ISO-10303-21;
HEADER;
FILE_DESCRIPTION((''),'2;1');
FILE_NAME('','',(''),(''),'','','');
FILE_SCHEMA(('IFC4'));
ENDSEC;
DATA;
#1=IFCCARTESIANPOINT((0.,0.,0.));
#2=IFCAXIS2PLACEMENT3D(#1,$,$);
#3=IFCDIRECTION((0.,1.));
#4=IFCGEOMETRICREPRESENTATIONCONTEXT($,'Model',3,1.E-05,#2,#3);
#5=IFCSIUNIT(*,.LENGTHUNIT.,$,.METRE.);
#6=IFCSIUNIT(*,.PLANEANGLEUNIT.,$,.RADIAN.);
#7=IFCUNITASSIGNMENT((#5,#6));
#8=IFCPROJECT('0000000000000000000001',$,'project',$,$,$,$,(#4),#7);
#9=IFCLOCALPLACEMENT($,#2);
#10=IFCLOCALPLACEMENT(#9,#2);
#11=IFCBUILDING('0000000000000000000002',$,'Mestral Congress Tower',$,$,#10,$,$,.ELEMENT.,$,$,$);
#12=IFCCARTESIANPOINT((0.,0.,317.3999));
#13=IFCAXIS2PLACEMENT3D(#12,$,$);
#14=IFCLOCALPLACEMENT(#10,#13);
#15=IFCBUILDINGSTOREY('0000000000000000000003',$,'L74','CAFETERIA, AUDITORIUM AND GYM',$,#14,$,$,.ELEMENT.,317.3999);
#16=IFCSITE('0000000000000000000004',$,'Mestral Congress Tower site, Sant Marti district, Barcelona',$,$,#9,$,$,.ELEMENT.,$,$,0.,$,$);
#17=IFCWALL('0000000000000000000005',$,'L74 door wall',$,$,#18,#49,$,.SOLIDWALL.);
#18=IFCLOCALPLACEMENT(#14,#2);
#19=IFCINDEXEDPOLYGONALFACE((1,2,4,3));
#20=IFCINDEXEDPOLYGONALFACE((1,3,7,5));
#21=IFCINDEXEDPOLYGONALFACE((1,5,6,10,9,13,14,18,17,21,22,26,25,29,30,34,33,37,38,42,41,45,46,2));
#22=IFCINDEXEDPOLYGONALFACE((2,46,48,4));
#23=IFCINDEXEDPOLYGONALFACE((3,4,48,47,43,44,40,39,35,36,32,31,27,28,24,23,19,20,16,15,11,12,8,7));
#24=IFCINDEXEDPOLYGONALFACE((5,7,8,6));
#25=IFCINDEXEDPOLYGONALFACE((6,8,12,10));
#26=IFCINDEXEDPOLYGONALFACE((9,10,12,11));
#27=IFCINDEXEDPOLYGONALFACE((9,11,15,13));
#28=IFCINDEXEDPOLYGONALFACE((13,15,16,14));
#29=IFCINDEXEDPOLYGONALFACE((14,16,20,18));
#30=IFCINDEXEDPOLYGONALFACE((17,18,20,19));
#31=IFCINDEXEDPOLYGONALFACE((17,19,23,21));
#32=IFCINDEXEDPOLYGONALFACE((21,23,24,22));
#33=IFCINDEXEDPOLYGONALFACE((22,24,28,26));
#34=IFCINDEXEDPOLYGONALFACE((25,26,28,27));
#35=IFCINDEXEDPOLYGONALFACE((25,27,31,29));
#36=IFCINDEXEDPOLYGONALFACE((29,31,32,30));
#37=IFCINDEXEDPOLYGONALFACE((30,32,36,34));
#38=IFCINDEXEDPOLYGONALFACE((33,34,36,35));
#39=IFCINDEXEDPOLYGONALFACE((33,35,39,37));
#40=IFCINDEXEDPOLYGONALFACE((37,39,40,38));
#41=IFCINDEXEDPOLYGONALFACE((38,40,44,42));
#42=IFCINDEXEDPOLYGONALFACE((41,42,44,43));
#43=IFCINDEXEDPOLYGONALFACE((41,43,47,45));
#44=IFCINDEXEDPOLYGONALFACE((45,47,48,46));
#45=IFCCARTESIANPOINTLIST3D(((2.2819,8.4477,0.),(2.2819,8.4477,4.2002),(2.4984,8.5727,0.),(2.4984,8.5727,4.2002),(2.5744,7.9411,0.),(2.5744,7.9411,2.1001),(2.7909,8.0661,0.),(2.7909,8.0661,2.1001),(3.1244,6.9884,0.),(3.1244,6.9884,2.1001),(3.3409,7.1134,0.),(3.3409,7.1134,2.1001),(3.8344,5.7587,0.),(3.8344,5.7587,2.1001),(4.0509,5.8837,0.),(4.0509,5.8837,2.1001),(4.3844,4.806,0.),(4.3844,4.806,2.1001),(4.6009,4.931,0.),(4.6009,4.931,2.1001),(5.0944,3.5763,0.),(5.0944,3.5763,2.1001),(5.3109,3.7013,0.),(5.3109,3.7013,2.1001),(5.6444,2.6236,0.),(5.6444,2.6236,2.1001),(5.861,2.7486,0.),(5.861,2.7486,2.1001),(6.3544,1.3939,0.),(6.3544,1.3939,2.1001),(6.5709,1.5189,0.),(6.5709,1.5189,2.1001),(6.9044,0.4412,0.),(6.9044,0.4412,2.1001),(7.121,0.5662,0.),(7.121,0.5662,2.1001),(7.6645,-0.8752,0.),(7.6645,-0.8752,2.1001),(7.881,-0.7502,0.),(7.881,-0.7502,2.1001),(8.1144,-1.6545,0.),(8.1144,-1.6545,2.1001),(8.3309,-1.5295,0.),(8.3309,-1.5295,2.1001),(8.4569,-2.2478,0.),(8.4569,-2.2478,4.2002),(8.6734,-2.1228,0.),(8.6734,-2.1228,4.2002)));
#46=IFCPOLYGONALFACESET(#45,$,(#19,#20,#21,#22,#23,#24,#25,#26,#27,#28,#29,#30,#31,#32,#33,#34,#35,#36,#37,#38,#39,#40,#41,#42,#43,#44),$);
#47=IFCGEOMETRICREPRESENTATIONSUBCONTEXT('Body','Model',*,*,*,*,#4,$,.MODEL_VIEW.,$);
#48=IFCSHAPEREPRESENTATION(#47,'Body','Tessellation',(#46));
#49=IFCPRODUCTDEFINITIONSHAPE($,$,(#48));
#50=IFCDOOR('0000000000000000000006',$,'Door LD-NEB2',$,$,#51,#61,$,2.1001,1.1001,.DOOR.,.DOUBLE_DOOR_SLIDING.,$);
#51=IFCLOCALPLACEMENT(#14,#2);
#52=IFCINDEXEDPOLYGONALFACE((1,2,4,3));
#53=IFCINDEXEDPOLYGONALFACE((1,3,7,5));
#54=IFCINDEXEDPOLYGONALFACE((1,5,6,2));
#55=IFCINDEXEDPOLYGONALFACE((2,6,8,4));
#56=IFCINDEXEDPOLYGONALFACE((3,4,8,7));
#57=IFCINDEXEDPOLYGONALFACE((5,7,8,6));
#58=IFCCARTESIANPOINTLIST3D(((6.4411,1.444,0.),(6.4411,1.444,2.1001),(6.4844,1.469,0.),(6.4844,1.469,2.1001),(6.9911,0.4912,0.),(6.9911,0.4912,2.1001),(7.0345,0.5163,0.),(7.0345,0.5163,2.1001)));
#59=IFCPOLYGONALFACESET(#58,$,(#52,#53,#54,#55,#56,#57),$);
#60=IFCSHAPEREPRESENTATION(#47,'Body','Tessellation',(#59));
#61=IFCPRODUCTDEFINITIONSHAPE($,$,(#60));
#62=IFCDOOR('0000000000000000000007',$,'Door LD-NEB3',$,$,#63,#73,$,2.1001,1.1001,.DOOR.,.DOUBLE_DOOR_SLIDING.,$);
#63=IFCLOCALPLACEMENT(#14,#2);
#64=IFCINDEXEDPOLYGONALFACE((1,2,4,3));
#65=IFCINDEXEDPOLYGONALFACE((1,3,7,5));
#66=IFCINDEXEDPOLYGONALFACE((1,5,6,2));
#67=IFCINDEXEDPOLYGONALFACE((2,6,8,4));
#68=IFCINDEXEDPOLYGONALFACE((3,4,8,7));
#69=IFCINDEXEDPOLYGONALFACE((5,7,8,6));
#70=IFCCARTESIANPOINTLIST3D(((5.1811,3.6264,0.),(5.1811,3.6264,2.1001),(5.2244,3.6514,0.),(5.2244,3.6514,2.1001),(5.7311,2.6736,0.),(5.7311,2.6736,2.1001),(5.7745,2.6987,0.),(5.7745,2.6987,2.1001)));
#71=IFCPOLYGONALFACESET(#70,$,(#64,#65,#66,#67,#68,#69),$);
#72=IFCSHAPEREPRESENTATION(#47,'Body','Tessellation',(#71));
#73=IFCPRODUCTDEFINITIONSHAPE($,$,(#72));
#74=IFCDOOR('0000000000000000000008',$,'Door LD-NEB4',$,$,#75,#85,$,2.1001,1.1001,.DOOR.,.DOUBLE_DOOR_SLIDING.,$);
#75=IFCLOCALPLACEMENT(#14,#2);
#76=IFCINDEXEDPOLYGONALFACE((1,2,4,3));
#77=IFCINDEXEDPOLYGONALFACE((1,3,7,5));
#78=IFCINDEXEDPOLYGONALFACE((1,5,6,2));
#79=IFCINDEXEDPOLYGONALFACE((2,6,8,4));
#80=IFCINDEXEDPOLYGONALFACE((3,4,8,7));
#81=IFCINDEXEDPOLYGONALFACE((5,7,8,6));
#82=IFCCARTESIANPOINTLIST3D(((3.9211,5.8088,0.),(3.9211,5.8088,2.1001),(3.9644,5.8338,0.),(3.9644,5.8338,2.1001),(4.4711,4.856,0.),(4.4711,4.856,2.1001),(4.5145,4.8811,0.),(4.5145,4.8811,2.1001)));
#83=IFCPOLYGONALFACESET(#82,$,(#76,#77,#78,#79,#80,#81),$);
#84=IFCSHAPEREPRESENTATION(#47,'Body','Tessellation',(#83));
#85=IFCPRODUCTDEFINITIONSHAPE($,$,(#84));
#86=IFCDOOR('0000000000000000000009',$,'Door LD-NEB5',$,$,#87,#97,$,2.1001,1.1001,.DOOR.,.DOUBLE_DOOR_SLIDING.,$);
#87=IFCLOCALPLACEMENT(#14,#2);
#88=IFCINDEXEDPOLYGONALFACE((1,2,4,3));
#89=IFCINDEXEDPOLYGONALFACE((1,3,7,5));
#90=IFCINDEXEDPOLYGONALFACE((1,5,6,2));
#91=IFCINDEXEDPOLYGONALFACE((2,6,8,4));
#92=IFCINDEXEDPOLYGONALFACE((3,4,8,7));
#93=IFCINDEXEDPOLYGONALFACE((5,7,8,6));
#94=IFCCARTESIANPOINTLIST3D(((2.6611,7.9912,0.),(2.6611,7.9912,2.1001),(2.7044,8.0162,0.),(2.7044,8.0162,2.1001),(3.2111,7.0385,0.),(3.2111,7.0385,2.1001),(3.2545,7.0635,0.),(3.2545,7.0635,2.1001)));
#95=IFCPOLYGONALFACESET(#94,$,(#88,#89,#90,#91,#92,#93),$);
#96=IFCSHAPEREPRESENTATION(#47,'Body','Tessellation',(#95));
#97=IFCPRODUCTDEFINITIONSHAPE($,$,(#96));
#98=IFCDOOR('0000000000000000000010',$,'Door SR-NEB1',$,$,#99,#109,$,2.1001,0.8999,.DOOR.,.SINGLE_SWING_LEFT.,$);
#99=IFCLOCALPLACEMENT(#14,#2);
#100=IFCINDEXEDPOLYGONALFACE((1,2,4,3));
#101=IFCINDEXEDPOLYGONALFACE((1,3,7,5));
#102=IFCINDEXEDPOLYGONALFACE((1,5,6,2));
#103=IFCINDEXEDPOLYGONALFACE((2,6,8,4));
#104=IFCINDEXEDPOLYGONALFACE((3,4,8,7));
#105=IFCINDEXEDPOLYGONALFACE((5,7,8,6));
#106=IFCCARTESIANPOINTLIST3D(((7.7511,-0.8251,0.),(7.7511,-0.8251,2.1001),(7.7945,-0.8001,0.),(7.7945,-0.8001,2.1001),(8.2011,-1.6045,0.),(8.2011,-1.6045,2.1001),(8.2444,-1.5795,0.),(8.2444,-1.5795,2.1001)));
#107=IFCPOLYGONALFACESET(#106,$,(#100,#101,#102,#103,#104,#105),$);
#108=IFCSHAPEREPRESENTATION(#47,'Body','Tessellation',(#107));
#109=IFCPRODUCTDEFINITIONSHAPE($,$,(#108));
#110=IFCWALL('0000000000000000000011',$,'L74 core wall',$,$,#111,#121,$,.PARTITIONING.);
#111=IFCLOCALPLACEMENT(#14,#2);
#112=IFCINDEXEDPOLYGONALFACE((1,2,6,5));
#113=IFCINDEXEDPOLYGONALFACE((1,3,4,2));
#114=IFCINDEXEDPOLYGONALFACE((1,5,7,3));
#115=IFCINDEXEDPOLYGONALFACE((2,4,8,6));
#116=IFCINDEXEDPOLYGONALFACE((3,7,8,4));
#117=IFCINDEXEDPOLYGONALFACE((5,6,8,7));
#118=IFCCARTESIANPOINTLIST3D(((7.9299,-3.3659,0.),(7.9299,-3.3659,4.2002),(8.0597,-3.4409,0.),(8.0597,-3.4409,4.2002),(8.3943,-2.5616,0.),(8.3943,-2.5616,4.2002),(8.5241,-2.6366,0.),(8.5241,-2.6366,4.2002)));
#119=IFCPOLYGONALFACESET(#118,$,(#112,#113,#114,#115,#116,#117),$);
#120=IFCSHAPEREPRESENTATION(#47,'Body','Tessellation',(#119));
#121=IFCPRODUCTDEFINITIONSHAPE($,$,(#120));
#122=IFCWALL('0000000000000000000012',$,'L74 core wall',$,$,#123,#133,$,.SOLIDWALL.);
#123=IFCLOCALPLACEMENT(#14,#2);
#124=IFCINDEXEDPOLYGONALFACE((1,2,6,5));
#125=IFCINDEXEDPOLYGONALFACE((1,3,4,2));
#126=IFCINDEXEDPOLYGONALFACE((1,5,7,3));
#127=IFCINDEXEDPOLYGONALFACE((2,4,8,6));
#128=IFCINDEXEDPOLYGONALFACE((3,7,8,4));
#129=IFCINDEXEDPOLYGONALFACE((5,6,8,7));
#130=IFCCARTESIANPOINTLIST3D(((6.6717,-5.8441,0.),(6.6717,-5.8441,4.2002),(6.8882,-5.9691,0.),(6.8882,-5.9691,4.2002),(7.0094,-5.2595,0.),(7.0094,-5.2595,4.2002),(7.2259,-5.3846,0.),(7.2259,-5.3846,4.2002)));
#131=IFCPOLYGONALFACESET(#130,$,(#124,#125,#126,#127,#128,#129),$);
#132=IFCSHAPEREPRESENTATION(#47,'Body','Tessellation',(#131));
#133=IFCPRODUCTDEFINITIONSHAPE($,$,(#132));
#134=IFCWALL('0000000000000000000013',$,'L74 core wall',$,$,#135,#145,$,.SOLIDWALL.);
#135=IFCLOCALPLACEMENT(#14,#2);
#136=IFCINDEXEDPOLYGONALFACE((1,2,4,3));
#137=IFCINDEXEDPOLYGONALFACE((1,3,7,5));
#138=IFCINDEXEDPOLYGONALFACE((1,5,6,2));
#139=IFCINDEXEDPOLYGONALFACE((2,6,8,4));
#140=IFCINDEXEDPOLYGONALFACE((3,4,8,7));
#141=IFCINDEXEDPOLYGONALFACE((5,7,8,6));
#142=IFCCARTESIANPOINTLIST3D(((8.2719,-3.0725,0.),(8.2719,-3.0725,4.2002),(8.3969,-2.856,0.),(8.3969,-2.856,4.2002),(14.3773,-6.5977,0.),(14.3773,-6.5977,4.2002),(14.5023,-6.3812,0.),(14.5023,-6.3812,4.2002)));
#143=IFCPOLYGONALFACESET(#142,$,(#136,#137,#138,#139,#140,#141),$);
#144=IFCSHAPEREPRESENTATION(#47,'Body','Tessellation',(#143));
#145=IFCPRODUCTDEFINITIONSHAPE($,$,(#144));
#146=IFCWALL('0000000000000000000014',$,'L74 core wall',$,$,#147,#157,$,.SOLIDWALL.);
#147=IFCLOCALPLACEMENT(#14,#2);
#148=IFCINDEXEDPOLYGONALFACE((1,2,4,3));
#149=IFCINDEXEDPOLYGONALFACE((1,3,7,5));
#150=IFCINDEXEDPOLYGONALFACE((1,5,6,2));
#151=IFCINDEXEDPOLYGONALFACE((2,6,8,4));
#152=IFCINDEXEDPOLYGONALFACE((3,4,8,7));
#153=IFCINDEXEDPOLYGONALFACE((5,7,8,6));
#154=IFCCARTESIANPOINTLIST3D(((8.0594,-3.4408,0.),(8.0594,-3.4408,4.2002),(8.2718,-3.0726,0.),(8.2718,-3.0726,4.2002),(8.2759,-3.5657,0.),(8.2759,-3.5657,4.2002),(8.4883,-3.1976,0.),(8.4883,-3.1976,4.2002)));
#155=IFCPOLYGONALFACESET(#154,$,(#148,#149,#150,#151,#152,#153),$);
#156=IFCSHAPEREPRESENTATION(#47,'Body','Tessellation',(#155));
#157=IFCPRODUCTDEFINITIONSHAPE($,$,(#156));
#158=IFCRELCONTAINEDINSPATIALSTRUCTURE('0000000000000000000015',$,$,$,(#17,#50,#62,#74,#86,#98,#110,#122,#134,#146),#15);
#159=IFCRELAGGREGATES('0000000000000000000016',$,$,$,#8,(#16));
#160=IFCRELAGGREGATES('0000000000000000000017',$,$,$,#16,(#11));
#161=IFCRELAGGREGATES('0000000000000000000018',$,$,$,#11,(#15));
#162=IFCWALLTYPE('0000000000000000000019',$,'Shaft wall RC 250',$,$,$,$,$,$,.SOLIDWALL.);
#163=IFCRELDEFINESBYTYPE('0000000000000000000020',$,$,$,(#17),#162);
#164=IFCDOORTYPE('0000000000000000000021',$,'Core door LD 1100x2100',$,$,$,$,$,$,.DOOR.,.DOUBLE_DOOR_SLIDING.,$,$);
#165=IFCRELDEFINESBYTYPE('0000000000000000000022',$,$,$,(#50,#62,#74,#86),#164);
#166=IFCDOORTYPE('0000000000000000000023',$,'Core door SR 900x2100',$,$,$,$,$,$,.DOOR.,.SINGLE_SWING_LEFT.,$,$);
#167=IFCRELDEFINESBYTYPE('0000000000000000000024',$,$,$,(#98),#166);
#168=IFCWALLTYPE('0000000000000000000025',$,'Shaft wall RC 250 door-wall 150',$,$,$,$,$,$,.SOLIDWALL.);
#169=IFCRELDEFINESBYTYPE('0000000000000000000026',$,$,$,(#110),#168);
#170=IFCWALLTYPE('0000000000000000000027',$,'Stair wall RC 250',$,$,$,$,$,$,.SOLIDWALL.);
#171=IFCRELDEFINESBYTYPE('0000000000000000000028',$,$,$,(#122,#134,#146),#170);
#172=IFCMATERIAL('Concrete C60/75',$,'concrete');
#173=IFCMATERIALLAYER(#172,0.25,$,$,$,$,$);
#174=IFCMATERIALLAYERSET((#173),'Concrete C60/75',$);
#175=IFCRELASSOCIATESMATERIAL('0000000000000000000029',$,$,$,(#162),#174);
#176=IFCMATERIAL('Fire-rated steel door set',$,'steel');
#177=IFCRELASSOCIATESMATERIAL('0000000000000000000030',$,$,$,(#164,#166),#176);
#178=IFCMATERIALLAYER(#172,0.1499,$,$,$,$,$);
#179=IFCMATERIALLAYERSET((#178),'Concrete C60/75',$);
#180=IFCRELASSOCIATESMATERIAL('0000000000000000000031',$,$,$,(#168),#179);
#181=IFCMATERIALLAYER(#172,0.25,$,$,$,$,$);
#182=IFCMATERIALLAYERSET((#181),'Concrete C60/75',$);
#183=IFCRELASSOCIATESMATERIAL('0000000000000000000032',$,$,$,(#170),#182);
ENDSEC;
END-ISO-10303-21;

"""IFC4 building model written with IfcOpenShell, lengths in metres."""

from ifc_helpers import new_model, si_unit, direction, frame, frame_2d, origin, place, context, subcontext, project, spatial, rectangle, extrude, material, layer, layer_set, type_object, element, fill, save


model = new_model("IFC4")

# Units and contexts
model_context = context("Model", 3, precision=1e-05, world=origin(), true_north=direction((0.0, 1.0)))
body_context = subcontext(model_context, "Body", "Model", "MODEL_VIEW")
ifc_project = project(units=[si_unit("LENGTHUNIT", "METRE"), si_unit("PLANEANGLEUNIT", "RADIAN")], contexts=[model_context])

# Site, building, storey
site_placement = place(None, origin())
site = spatial("IfcSite", under=ifc_project, at=site_placement, Name="Mestral Congress Tower site, Sant Marti district, Barcelona", CompositionType="ELEMENT", RefElevation=0.0)
building_placement = place(site_placement, origin())
building = spatial("IfcBuilding", under=site, at=building_placement, Name="Mestral Congress Tower", CompositionType="ELEMENT")
storey_placement = place(building_placement, frame((0.0, 0.0, 317.3999)))
storey = spatial("IfcBuildingStorey", under=building, at=storey_placement, Name="L74", Description="CAFETERIA, AUDITORIUM AND GYM", CompositionType="ELEMENT", Elevation=317.3999)

# Shared definitions
ifc_material_1 = material(Name="Concrete C60/75", Category="concrete")

# Shared definitions
ifc_layer_1 = layer(ifc_material_1, 0.25)
ifc_layer_set_1 = layer_set([ifc_layer_1], Name="Concrete C60/75")
wall_type_1 = type_object("IfcWallType", Name="Shaft wall RC 250", PredefinedType="SOLIDWALL", material=ifc_layer_set_1)

# Wall, openings, doors
wall_1_placement = place(storey_placement, frame((8.5652, -2.1853, 0.0), z_axis=(0.0, 0.0, 1.0), x_axis=(-0.499998, 0.866027, 0.0)))
wall_1 = element("IfcWall", 1, at=wall_1_placement, inside=storey, type_object=wall_type_1, Name="L74 door wall", PredefinedType="SOLIDWALL", context=body_context, shape_type="SweptSolid", body=[
    extrude(rectangle(XDim=12.3501, YDim=0.25, at=frame_2d((6.175, 0.0))), origin(), (0.0, 0.0, 1.0), 4.2002),
])
opening_1_placement = place(wall_1_placement, frame((0.6851, 0.0, 0.0)))
opening_1 = element("IfcOpeningElement", 2, at=opening_1_placement, cuts=wall_1, PredefinedType="OPENING", context=body_context, shape_type="SweptSolid", body=[
    extrude(rectangle(XDim=0.8999, YDim=2.1001, at=frame_2d((0.45, 1.05))), frame((0.0, 0.135, 0.0), z_axis=(0.0, -1.0, 0.0), x_axis=(1.0, 0.0, 0.0)), (0.0, 0.0, 1.0), 0.27),
])
opening_2_placement = place(wall_1_placement, frame((3.105, 0.0, 0.0)))
opening_2 = element("IfcOpeningElement", 3, at=opening_2_placement, cuts=wall_1, PredefinedType="OPENING", context=body_context, shape_type="SweptSolid", body=[
    extrude(rectangle(XDim=1.1001, YDim=2.1001, at=frame_2d((0.55, 1.05))), frame((0.0, 0.135, 0.0), z_axis=(0.0, -1.0, 0.0), x_axis=(1.0, 0.0, 0.0)), (0.0, 0.0, 1.0), 0.27),
])
opening_3_placement = place(wall_1_placement, frame((5.625, 0.0, 0.0)))
opening_3 = element("IfcOpeningElement", 4, at=opening_3_placement, cuts=wall_1, PredefinedType="OPENING", context=body_context, shape_type="SweptSolid", body=[
    extrude(rectangle(XDim=1.1001, YDim=2.1001, at=frame_2d((0.55, 1.05))), frame((0.0, 0.135, 0.0), z_axis=(0.0, -1.0, 0.0), x_axis=(1.0, 0.0, 0.0)), (0.0, 0.0, 1.0), 0.27),
])
opening_4_placement = place(wall_1_placement, frame((8.145, 0.0, 0.0)))
opening_4 = element("IfcOpeningElement", 5, at=opening_4_placement, cuts=wall_1, PredefinedType="OPENING", context=body_context, shape_type="SweptSolid", body=[
    extrude(rectangle(XDim=1.1001, YDim=2.1001, at=frame_2d((0.55, 1.05))), frame((0.0, 0.135, 0.0), z_axis=(0.0, -1.0, 0.0), x_axis=(1.0, 0.0, 0.0)), (0.0, 0.0, 1.0), 0.27),
])
opening_5_placement = place(wall_1_placement, frame((10.665, 0.0, 0.0)))
opening_5 = element("IfcOpeningElement", 6, at=opening_5_placement, cuts=wall_1, PredefinedType="OPENING", context=body_context, shape_type="SweptSolid", body=[
    extrude(rectangle(XDim=1.1001, YDim=2.1001, at=frame_2d((0.55, 1.05))), frame((0.0, 0.135, 0.0), z_axis=(0.0, -1.0, 0.0), x_axis=(1.0, 0.0, 0.0)), (0.0, 0.0, 1.0), 0.27),
])
ifc_material_2 = material(Name="Fire-rated steel door set", Category="steel")
door_type_1 = type_object("IfcDoorType", Name="Core door LD 1100x2100", OperationType="DOUBLE_DOOR_SLIDING", PredefinedType="DOOR", material=ifc_material_2)
door_1_placement = place(opening_2_placement, origin())
door_1 = element("IfcDoor", 7, at=door_1_placement, inside=storey, type_object=door_type_1, Name="Door LD-NEB2", OperationType="DOUBLE_DOOR_SLIDING", OverallHeight=2.1001, OverallWidth=1.1001, PredefinedType="DOOR", context=body_context, shape_type="SweptSolid", body=[
    extrude(rectangle(XDim=1.1001, YDim=2.1001, at=frame_2d((0.55, 1.05))), frame((0.0, 0.0249, 0.0), z_axis=(0.0, -1.0, 0.0), x_axis=(1.0, 0.0, 0.0)), (0.0, 0.0, 1.0), 0.05),
])
fill(opening_2, door_1)
door_2_placement = place(opening_3_placement, origin())
door_2 = element("IfcDoor", 8, at=door_2_placement, inside=storey, type_object=door_type_1, Name="Door LD-NEB3", OperationType="DOUBLE_DOOR_SLIDING", OverallHeight=2.1001, OverallWidth=1.1001, PredefinedType="DOOR", context=body_context, shape_type="SweptSolid", body=[
    extrude(rectangle(XDim=1.1001, YDim=2.1001, at=frame_2d((0.55, 1.05))), frame((0.0, 0.0249, 0.0), z_axis=(0.0, -1.0, 0.0), x_axis=(1.0, 0.0, 0.0)), (0.0, 0.0, 1.0), 0.05),
])
fill(opening_3, door_2)
door_3_placement = place(opening_4_placement, origin())
door_3 = element("IfcDoor", 9, at=door_3_placement, inside=storey, type_object=door_type_1, Name="Door LD-NEB4", OperationType="DOUBLE_DOOR_SLIDING", OverallHeight=2.1001, OverallWidth=1.1001, PredefinedType="DOOR", context=body_context, shape_type="SweptSolid", body=[
    extrude(rectangle(XDim=1.1001, YDim=2.1001, at=frame_2d((0.55, 1.05))), frame((0.0, 0.0249, 0.0), z_axis=(0.0, -1.0, 0.0), x_axis=(1.0, 0.0, 0.0)), (0.0, 0.0, 1.0), 0.05),
])
fill(opening_4, door_3)
door_4_placement = place(opening_5_placement, origin())
door_4 = element("IfcDoor", 10, at=door_4_placement, inside=storey, type_object=door_type_1, Name="Door LD-NEB5", OperationType="DOUBLE_DOOR_SLIDING", OverallHeight=2.1001, OverallWidth=1.1001, PredefinedType="DOOR", context=body_context, shape_type="SweptSolid", body=[
    extrude(rectangle(XDim=1.1001, YDim=2.1001, at=frame_2d((0.55, 1.05))), frame((0.0, 0.0249, 0.0), z_axis=(0.0, -1.0, 0.0), x_axis=(1.0, 0.0, 0.0)), (0.0, 0.0, 1.0), 0.05),
])
fill(opening_5, door_4)
door_type_2 = type_object("IfcDoorType", Name="Core door SR 900x2100", OperationType="SINGLE_SWING_LEFT", PredefinedType="DOOR", material=ifc_material_2)
door_5_placement = place(opening_1_placement, origin())
door_5 = element("IfcDoor", 11, at=door_5_placement, inside=storey, type_object=door_type_2, Name="Door SR-NEB1", OperationType="SINGLE_SWING_LEFT", OverallHeight=2.1001, OverallWidth=0.8999, PredefinedType="DOOR", context=body_context, shape_type="SweptSolid", body=[
    extrude(rectangle(XDim=0.8999, YDim=2.1001, at=frame_2d((0.45, 1.05))), frame((0.0, 0.0249, 0.0), z_axis=(0.0, -1.0, 0.0), x_axis=(1.0, 0.0, 0.0)), (0.0, 0.0, 1.0), 0.05),
])
fill(opening_1, door_5)

# Walls
ifc_layer_2 = layer(ifc_material_1, 0.1499)
ifc_layer_set_2 = layer_set([ifc_layer_2], Name="Concrete C60/75")
wall_type_2 = type_object("IfcWallType", Name="Shaft wall RC 250 door-wall 150", PredefinedType="SOLIDWALL", material=ifc_layer_set_2)
wall_2_placement = place(storey_placement, frame((8.4592, -2.5991, 0.0), z_axis=(0.0, 0.0, 1.0), x_axis=(-0.500041, -0.866002, 0.0)))
element("IfcWall", 12, at=wall_2_placement, inside=storey, type_object=wall_type_2, Name="L74 core wall", PredefinedType="PARTITIONING", context=body_context, shape_type="SweptSolid", body=[
    extrude(rectangle(XDim=0.9287, YDim=0.1499, at=frame_2d((0.4644, 0.0))), origin(), (0.0, 0.0, 1.0), 4.2002),
])
ifc_layer_3 = layer(ifc_material_1, 0.25)
ifc_layer_set_3 = layer_set([ifc_layer_3], Name="Concrete C60/75")
wall_type_3 = type_object("IfcWallType", Name="Stair wall RC 250", PredefinedType="SOLIDWALL", material=ifc_layer_set_3)
wall_3_placement = place(storey_placement, frame((6.78, -5.9065, 0.0), z_axis=(0.0, 0.0, 1.0), x_axis=(0.500223, 0.865896, 0.0)))
element("IfcWall", 13, at=wall_3_placement, inside=storey, type_object=wall_type_3, Name="L74 core wall", PredefinedType="SOLIDWALL", context=body_context, shape_type="SweptSolid", body=[
    extrude(rectangle(XDim=0.675, YDim=0.25, at=frame_2d((0.3374, 0.0))), origin(), (0.0, 0.0, 1.0), 4.2002),
])
wall_4_placement = place(storey_placement, frame((8.3345, -2.9644, 0.0), z_axis=(0.0, 0.0, 1.0), x_axis=(0.866016, -0.500016, 0.0)))
element("IfcWall", 14, at=wall_4_placement, inside=storey, type_object=wall_type_3, Name="L74 core wall", PredefinedType="SOLIDWALL", context=body_context, shape_type="SweptSolid", body=[
    extrude(rectangle(XDim=7.05, YDim=0.25, at=frame_2d((3.5249, 0.0))), origin(), (0.0, 0.0, 1.0), 4.2002),
])
wall_5_placement = place(storey_placement, frame((8.1677, -3.5032, 0.0), z_axis=(0.0, 0.0, 1.0), x_axis=(0.499722, 0.866186, 0.0)))
element("IfcWall", 15, at=wall_5_placement, inside=storey, type_object=wall_type_3, Name="L74 core wall", PredefinedType="SOLIDWALL", context=body_context, shape_type="SweptSolid", body=[
    extrude(rectangle(XDim=0.425, YDim=0.25, at=frame_2d((0.2124, 0.0))), origin(), (0.0, 0.0, 1.0), 4.2002),
])

save(model, "model.ifc")
